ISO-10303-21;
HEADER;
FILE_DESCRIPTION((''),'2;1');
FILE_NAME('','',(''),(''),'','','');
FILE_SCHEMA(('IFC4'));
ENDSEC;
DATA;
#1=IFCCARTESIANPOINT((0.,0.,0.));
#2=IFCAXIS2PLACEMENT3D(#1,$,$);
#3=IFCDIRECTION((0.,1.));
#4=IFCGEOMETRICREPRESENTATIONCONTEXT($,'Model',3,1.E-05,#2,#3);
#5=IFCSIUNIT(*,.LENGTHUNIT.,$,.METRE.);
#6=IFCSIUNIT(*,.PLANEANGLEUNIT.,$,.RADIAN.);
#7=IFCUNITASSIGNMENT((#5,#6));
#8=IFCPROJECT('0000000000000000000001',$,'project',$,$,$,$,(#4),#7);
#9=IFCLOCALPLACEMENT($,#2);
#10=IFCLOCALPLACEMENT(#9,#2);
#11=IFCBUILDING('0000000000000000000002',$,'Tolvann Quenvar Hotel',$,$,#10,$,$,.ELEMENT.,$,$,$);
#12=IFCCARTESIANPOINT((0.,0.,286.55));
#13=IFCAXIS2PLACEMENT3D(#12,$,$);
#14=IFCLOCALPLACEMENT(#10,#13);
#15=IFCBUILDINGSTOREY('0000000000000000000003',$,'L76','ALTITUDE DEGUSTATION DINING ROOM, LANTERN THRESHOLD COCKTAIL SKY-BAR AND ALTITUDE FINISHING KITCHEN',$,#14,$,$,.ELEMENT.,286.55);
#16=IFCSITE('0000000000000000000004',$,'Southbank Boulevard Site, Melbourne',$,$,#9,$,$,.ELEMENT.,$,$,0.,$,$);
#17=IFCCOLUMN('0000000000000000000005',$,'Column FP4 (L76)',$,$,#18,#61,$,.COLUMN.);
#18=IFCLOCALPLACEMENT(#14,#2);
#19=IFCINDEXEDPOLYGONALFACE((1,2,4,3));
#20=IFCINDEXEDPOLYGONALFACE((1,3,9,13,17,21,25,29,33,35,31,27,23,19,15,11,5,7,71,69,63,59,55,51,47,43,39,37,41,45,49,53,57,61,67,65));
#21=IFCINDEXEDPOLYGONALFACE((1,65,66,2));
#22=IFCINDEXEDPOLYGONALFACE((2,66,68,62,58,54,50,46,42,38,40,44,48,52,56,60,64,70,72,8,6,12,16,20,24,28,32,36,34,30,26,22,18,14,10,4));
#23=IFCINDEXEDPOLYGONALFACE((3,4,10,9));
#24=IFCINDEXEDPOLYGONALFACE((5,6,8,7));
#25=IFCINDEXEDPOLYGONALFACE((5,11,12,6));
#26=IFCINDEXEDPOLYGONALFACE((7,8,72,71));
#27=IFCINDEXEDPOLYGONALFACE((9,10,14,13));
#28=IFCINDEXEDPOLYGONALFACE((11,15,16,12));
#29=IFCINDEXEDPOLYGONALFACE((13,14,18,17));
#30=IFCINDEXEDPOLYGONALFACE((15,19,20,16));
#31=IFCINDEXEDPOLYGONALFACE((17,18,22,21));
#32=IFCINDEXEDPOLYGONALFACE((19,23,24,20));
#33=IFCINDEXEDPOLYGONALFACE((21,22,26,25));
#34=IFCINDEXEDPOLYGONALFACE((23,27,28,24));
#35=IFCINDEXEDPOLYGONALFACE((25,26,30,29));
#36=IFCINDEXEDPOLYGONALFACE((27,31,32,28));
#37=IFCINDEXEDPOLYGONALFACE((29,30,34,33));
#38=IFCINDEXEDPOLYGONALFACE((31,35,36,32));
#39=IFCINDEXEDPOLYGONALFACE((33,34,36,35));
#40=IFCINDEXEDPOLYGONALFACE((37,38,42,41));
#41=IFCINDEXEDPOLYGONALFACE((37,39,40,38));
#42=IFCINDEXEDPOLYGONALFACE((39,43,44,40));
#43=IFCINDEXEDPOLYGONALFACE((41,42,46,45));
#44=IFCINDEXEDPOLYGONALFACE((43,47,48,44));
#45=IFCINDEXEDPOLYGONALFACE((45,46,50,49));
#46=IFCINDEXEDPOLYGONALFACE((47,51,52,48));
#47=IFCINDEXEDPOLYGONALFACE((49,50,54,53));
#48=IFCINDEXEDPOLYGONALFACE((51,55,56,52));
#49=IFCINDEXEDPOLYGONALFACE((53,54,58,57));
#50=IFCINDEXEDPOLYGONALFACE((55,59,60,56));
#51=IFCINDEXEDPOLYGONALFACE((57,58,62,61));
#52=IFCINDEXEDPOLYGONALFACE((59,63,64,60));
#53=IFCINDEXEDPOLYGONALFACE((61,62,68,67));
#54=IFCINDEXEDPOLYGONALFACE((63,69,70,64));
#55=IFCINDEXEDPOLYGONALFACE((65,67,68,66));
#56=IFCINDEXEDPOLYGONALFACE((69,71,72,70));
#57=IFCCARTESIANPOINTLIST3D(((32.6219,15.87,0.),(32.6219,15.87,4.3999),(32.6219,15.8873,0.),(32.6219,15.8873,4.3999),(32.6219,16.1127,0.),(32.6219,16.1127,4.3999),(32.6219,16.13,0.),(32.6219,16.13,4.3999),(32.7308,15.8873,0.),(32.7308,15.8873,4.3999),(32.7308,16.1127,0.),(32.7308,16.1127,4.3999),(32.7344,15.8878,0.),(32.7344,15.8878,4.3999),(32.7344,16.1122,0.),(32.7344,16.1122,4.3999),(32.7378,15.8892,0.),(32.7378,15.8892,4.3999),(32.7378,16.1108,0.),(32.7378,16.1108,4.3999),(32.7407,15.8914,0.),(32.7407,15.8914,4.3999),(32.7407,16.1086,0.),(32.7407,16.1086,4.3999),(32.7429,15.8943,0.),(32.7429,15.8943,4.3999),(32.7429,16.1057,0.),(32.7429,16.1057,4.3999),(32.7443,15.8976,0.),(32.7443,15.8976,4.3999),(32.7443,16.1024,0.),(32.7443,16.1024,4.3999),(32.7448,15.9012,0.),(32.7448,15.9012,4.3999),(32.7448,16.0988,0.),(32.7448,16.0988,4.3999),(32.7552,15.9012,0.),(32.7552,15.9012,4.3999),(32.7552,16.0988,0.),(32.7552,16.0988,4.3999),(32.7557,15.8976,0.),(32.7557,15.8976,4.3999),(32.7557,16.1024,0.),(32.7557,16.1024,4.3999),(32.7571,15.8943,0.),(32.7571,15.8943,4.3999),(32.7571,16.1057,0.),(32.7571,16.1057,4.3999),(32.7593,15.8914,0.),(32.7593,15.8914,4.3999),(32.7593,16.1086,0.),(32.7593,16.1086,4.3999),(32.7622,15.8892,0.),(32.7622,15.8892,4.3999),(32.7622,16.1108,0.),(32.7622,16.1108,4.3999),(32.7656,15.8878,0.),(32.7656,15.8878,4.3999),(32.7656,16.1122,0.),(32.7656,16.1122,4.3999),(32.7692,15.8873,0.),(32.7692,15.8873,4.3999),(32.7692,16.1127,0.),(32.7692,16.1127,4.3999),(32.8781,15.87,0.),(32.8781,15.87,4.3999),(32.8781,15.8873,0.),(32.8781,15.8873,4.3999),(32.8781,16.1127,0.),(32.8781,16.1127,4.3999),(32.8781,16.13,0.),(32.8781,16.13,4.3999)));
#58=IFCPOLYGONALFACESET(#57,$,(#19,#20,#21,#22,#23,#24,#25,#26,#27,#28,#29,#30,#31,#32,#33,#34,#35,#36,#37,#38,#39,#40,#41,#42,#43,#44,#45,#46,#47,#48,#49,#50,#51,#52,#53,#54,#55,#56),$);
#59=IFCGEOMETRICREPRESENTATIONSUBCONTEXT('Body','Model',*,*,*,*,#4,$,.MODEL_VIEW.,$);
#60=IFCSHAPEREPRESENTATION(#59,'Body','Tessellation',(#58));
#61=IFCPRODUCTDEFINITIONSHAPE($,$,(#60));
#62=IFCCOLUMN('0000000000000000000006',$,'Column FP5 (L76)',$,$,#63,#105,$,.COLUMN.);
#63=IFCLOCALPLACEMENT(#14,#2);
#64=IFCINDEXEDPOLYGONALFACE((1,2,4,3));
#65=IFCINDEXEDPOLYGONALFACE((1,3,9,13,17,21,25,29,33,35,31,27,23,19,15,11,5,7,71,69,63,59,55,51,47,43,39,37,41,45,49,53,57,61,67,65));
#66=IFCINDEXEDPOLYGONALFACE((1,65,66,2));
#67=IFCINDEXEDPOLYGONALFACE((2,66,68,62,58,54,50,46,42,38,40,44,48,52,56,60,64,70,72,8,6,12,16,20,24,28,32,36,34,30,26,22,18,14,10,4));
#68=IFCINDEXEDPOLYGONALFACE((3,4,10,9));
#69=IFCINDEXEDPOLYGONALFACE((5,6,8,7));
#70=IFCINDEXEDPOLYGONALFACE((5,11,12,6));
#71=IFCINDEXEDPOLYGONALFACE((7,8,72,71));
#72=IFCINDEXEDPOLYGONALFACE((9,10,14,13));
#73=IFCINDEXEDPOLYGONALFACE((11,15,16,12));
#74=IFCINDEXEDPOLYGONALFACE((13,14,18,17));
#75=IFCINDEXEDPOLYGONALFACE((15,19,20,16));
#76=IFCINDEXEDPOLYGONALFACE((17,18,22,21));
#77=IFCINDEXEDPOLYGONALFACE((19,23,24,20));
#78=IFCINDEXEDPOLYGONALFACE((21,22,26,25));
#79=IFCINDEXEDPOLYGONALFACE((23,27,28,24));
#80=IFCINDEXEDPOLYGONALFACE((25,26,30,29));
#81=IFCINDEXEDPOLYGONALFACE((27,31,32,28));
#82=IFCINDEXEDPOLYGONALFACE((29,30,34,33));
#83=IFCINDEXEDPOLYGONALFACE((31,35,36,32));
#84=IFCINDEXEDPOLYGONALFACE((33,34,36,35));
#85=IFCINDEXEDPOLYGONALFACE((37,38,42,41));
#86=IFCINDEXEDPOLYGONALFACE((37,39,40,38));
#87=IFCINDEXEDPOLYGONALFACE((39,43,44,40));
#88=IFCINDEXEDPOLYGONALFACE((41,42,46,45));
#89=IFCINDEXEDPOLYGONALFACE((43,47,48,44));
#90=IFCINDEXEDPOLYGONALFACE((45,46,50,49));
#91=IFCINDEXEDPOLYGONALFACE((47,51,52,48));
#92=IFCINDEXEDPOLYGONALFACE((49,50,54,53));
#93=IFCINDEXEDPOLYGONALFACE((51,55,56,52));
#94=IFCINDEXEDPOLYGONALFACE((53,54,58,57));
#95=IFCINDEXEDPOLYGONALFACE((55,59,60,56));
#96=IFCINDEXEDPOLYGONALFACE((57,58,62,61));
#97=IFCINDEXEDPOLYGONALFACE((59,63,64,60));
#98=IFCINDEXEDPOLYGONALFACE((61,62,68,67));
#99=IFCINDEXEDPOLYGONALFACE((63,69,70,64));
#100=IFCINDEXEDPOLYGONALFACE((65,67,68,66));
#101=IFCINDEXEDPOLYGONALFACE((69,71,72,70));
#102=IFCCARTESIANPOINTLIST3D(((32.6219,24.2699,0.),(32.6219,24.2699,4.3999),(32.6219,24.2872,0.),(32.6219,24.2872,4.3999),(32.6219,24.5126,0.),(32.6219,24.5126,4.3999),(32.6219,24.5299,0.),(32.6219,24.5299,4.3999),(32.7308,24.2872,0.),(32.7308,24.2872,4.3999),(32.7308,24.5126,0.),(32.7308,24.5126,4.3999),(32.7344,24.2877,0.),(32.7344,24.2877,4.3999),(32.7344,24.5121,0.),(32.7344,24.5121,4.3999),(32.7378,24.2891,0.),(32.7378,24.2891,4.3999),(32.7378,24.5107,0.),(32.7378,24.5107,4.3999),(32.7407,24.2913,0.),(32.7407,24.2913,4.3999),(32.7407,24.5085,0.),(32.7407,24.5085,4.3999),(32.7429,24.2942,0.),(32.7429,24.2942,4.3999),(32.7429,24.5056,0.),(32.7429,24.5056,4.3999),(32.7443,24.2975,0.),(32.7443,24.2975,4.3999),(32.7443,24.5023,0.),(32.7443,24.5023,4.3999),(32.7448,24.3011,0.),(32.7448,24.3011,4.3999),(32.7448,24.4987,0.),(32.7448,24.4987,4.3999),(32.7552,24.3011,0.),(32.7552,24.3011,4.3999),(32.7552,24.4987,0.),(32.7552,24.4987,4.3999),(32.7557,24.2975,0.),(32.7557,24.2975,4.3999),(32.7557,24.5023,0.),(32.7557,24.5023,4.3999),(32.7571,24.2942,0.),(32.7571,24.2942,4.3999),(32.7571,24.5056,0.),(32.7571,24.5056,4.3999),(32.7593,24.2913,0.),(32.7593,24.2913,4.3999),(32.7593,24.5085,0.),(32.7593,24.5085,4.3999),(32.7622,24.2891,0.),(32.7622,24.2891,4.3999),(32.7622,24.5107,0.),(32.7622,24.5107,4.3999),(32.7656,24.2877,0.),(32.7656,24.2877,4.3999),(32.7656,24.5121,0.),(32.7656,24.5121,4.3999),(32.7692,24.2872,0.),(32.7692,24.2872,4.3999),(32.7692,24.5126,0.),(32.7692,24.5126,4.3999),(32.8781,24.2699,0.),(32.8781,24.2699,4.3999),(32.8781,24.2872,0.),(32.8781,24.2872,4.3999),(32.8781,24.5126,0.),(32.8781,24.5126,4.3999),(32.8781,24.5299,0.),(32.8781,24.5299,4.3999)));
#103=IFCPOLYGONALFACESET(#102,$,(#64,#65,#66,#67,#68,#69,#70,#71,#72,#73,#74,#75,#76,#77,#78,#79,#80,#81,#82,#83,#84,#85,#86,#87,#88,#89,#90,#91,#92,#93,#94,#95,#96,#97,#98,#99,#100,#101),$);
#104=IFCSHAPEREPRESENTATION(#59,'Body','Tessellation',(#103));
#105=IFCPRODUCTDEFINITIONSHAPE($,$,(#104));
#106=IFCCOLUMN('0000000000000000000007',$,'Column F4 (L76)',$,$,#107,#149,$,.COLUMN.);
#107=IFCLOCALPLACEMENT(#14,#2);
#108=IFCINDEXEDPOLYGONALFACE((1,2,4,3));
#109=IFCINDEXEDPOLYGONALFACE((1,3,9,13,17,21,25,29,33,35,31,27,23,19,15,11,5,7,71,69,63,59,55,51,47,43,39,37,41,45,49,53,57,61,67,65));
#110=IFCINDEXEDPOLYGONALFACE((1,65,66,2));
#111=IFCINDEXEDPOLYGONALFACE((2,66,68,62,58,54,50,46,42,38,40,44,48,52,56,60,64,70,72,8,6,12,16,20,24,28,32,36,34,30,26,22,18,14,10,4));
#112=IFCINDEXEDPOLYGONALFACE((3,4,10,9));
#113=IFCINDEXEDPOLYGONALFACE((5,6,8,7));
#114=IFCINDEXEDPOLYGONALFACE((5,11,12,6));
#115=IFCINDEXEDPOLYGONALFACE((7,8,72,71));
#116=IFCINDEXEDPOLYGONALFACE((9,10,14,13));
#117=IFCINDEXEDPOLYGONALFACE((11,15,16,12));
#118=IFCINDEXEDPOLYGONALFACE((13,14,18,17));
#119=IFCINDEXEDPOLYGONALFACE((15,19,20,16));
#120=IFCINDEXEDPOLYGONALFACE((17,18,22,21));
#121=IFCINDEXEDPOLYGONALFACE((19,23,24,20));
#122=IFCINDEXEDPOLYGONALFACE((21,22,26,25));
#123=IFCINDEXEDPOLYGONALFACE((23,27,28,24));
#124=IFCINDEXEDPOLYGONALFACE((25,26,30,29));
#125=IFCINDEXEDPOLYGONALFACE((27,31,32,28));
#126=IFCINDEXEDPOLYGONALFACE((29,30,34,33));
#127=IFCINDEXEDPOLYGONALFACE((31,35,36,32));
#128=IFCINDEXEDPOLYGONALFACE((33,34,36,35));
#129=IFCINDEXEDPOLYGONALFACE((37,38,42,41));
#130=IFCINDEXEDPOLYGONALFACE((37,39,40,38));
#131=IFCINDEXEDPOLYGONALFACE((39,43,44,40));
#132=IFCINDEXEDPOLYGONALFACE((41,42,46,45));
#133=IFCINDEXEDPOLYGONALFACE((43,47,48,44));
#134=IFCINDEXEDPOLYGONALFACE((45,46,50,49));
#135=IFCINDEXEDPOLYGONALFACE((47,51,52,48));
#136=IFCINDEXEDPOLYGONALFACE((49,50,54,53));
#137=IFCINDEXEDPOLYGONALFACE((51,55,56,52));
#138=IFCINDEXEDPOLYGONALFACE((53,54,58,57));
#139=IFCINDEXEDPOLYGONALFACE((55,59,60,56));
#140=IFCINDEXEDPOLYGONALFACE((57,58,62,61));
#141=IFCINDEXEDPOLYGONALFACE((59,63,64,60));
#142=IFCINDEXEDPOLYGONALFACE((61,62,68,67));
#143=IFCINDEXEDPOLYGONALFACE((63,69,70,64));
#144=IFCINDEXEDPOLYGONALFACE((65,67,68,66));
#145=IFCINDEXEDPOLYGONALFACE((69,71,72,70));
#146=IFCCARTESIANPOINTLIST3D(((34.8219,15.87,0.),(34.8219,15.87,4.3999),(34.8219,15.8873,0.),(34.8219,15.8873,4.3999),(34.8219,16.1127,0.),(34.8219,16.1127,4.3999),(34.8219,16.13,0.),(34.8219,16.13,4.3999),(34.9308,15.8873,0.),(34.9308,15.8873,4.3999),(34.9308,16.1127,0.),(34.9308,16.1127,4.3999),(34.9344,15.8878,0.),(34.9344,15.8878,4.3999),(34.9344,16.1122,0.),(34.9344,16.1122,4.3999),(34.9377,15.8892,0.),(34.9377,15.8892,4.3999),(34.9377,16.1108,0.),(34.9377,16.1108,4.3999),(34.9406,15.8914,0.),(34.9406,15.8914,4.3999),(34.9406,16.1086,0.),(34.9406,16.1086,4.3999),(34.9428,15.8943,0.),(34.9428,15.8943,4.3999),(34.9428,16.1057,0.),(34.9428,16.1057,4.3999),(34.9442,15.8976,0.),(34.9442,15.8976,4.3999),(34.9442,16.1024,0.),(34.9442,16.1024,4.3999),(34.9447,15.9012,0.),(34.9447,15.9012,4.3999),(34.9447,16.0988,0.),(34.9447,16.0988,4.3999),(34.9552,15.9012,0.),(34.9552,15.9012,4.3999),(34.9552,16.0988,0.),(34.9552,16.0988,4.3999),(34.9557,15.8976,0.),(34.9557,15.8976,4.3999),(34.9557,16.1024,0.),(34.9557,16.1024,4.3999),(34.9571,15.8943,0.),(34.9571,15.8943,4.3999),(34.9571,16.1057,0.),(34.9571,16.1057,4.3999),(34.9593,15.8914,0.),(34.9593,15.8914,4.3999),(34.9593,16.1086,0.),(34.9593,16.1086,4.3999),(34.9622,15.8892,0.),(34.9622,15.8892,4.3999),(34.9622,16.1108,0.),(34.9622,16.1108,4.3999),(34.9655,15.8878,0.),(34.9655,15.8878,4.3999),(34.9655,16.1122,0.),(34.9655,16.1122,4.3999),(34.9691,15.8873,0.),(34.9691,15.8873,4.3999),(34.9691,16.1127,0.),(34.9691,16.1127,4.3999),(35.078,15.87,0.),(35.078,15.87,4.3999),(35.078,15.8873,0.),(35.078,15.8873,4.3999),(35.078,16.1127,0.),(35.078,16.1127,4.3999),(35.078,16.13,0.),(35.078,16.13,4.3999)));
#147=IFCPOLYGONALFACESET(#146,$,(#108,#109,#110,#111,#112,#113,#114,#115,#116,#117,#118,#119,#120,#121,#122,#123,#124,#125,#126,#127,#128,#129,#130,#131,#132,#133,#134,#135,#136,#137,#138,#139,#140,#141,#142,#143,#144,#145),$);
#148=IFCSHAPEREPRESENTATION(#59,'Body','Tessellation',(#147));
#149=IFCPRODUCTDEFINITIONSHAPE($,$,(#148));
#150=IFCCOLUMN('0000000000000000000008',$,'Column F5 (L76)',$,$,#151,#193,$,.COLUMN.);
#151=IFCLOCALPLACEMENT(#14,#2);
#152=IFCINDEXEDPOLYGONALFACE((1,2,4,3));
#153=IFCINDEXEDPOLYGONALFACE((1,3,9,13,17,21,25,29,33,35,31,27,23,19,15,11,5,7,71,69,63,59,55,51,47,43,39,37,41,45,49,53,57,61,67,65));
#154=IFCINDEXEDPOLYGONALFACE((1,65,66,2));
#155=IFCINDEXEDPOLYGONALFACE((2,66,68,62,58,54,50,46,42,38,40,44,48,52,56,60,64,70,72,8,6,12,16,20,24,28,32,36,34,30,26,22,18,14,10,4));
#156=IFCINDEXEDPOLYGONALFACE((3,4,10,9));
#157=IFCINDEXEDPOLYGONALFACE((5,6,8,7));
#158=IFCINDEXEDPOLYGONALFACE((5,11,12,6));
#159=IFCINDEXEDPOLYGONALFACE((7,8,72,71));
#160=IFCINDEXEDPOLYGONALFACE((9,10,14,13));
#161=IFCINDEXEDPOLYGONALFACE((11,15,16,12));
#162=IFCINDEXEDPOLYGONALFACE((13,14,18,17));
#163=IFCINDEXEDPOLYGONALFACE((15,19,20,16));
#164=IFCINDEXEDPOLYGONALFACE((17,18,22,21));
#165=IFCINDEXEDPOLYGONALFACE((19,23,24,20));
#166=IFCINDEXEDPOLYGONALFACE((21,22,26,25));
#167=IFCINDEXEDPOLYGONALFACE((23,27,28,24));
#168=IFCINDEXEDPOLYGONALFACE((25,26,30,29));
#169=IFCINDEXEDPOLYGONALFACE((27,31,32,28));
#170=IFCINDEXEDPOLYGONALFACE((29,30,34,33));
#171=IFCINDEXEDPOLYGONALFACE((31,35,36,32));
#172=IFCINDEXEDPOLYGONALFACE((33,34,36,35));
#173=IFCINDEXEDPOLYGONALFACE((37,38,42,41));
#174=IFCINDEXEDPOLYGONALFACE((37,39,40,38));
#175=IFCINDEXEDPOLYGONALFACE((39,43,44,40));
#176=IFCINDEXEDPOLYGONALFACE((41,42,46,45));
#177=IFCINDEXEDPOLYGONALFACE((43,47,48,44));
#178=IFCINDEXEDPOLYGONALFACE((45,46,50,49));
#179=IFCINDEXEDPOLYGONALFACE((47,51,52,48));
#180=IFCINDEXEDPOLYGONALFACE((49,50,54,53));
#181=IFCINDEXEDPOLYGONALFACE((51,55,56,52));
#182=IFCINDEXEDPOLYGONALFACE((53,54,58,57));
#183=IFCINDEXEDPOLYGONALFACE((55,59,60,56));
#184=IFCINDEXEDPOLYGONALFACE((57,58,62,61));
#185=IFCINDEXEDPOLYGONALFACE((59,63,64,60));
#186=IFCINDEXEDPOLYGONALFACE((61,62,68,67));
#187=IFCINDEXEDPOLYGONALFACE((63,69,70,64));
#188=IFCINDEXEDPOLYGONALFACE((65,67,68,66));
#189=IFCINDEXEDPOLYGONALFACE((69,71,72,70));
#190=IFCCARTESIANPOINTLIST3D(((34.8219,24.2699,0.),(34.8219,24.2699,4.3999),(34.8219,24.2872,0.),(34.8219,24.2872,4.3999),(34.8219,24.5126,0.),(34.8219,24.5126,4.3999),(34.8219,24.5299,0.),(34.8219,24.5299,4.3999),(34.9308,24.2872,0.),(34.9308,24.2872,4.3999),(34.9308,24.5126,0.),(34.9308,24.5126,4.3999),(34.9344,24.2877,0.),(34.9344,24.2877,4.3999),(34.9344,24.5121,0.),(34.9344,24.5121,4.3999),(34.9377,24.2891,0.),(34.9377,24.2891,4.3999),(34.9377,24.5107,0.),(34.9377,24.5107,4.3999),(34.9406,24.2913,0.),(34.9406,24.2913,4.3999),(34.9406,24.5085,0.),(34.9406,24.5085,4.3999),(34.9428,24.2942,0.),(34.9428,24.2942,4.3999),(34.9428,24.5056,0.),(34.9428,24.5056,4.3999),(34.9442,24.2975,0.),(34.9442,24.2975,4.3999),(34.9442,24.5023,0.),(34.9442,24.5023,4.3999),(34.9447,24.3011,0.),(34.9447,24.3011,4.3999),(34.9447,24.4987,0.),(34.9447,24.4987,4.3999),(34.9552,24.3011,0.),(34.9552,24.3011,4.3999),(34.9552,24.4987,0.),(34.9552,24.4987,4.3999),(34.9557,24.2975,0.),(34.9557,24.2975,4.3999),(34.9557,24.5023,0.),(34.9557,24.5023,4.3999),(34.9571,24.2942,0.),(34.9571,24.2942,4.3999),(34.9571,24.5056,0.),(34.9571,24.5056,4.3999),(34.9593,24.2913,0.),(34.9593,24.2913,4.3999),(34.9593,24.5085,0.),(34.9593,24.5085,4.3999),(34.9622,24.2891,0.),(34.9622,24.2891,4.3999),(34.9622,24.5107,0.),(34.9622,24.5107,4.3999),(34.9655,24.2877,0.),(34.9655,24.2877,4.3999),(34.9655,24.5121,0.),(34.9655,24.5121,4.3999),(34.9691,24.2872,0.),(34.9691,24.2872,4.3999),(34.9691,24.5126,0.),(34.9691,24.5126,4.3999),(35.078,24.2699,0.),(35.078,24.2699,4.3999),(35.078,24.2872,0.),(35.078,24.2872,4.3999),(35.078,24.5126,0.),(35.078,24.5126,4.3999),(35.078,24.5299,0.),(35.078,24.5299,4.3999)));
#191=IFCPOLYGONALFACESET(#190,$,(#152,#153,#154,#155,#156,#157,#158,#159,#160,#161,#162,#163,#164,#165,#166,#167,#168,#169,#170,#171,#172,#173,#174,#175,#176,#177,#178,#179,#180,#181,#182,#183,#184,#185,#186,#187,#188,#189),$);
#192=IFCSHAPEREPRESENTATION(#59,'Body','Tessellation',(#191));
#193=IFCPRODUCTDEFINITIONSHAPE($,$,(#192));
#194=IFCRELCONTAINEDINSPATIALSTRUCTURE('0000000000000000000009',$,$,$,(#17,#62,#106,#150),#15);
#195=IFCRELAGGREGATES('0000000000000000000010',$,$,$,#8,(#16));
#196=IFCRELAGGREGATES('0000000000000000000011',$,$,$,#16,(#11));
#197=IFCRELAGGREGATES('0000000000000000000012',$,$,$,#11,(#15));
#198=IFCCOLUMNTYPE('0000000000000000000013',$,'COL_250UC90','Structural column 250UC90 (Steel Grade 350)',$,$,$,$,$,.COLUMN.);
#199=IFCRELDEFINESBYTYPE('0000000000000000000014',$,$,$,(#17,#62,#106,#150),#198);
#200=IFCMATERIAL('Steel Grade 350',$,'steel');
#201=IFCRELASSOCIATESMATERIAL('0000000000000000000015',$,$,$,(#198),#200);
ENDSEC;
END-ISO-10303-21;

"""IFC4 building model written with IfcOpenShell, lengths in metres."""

from ifc_helpers import new_model, si_unit, direction, frame, origin, origin_2d, place, context, subcontext, project, spatial, i_section, extrude, source, transform, mapped, material, material_profile, profile_set, type_object, type_shapes, element, save


model = new_model("IFC4")

# Units and contexts
model_context = context("Model", 3, precision=1e-05, world=origin(), true_north=direction((0.0, 1.0)))
body_context = subcontext(model_context, "Body", "Model", "MODEL_VIEW")
ifc_project = project(units=[si_unit("LENGTHUNIT", "METRE"), si_unit("PLANEANGLEUNIT", "RADIAN")], contexts=[model_context])

# Site, building, storey
site_placement = place(None, origin())
site = spatial("IfcSite", under=ifc_project, at=site_placement, Name="Southbank Boulevard Site, Melbourne", CompositionType="ELEMENT", RefElevation=0.0)
building_placement = place(site_placement, origin())
building = spatial("IfcBuilding", under=site, at=building_placement, Name="Tolvann Quenvar Hotel", CompositionType="ELEMENT")
storey_placement = place(building_placement, frame((0.0, 0.0, 286.55)))
storey = spatial("IfcBuildingStorey", under=building, at=storey_placement, Name="L76", Description="ALTITUDE DEGUSTATION DINING ROOM, LANTERN THRESHOLD COCKTAIL SKY-BAR AND ALTITUDE FINISHING KITCHEN", CompositionType="ELEMENT", Elevation=286.55)

# Columns
ifc_material_1 = material(Name="Steel Grade 350", Category="steel")
ifc_material_profile_1 = material_profile(ifc_material_1, i_section(OverallWidth=0.2561, OverallDepth=0.26, WebThickness=0.0105, FlangeThickness=0.0173, FilletRadius=0.0139, at=origin_2d()), Name="250UC90")
ifc_profile_set_1 = profile_set([ifc_material_profile_1], Name="Steel Grade 350")
column_type_1 = type_object("IfcColumnType", Name="COL_250UC90", Description="Structural column 250UC90 (Steel Grade 350)", PredefinedType="COLUMN", material=ifc_profile_set_1)
shared_shape_1 = source(origin(), body_context, "Body", "SweptSolid", [
    extrude(i_section(OverallWidth=0.2561, OverallDepth=0.26, WebThickness=0.0105, FlangeThickness=0.0173, FilletRadius=0.0139, at=origin_2d()), origin(), (0.0, 0.0, 1.0), 4.3999),
])
type_shapes(column_type_1, [shared_shape_1])
for number, where, z_axis, x_axis, name in (
    (1, (32.75, 16.0, 0.0), (0.0, 0.0, 1.0), (1.0, 0.0, 0.0), "Column FP4 (L76)"),
    (2, (32.75, 24.3999, 0.0), (0.0, 0.0, 1.0), (1.0, 0.0, 0.0), "Column FP5 (L76)"),
    (3, (34.95, 16.0, 0.0), (0.0, 0.0, 1.0), (1.0, 0.0, 0.0), "Column F4 (L76)"),
    (4, (34.95, 24.3999, 0.0), (0.0, 0.0, 1.0), (1.0, 0.0, 0.0), "Column F5 (L76)"),
):
    element("IfcColumn", number, at=place(storey_placement, frame(where, z_axis=z_axis, x_axis=x_axis)), inside=storey, type_object=column_type_1, Name=name, PredefinedType="COLUMN", context=body_context, shape_type="MappedRepresentation", body=[
        mapped(shared_shape_1, transform((0.0, 0.0, 0.0), x_axis=(1.0, 0.0, 0.0), y_axis=(0.0, 1.0, 0.0), z_axis=(0.0, 0.0, 1.0), scale=1.0)),
    ])

save(model, "model.ifc")
